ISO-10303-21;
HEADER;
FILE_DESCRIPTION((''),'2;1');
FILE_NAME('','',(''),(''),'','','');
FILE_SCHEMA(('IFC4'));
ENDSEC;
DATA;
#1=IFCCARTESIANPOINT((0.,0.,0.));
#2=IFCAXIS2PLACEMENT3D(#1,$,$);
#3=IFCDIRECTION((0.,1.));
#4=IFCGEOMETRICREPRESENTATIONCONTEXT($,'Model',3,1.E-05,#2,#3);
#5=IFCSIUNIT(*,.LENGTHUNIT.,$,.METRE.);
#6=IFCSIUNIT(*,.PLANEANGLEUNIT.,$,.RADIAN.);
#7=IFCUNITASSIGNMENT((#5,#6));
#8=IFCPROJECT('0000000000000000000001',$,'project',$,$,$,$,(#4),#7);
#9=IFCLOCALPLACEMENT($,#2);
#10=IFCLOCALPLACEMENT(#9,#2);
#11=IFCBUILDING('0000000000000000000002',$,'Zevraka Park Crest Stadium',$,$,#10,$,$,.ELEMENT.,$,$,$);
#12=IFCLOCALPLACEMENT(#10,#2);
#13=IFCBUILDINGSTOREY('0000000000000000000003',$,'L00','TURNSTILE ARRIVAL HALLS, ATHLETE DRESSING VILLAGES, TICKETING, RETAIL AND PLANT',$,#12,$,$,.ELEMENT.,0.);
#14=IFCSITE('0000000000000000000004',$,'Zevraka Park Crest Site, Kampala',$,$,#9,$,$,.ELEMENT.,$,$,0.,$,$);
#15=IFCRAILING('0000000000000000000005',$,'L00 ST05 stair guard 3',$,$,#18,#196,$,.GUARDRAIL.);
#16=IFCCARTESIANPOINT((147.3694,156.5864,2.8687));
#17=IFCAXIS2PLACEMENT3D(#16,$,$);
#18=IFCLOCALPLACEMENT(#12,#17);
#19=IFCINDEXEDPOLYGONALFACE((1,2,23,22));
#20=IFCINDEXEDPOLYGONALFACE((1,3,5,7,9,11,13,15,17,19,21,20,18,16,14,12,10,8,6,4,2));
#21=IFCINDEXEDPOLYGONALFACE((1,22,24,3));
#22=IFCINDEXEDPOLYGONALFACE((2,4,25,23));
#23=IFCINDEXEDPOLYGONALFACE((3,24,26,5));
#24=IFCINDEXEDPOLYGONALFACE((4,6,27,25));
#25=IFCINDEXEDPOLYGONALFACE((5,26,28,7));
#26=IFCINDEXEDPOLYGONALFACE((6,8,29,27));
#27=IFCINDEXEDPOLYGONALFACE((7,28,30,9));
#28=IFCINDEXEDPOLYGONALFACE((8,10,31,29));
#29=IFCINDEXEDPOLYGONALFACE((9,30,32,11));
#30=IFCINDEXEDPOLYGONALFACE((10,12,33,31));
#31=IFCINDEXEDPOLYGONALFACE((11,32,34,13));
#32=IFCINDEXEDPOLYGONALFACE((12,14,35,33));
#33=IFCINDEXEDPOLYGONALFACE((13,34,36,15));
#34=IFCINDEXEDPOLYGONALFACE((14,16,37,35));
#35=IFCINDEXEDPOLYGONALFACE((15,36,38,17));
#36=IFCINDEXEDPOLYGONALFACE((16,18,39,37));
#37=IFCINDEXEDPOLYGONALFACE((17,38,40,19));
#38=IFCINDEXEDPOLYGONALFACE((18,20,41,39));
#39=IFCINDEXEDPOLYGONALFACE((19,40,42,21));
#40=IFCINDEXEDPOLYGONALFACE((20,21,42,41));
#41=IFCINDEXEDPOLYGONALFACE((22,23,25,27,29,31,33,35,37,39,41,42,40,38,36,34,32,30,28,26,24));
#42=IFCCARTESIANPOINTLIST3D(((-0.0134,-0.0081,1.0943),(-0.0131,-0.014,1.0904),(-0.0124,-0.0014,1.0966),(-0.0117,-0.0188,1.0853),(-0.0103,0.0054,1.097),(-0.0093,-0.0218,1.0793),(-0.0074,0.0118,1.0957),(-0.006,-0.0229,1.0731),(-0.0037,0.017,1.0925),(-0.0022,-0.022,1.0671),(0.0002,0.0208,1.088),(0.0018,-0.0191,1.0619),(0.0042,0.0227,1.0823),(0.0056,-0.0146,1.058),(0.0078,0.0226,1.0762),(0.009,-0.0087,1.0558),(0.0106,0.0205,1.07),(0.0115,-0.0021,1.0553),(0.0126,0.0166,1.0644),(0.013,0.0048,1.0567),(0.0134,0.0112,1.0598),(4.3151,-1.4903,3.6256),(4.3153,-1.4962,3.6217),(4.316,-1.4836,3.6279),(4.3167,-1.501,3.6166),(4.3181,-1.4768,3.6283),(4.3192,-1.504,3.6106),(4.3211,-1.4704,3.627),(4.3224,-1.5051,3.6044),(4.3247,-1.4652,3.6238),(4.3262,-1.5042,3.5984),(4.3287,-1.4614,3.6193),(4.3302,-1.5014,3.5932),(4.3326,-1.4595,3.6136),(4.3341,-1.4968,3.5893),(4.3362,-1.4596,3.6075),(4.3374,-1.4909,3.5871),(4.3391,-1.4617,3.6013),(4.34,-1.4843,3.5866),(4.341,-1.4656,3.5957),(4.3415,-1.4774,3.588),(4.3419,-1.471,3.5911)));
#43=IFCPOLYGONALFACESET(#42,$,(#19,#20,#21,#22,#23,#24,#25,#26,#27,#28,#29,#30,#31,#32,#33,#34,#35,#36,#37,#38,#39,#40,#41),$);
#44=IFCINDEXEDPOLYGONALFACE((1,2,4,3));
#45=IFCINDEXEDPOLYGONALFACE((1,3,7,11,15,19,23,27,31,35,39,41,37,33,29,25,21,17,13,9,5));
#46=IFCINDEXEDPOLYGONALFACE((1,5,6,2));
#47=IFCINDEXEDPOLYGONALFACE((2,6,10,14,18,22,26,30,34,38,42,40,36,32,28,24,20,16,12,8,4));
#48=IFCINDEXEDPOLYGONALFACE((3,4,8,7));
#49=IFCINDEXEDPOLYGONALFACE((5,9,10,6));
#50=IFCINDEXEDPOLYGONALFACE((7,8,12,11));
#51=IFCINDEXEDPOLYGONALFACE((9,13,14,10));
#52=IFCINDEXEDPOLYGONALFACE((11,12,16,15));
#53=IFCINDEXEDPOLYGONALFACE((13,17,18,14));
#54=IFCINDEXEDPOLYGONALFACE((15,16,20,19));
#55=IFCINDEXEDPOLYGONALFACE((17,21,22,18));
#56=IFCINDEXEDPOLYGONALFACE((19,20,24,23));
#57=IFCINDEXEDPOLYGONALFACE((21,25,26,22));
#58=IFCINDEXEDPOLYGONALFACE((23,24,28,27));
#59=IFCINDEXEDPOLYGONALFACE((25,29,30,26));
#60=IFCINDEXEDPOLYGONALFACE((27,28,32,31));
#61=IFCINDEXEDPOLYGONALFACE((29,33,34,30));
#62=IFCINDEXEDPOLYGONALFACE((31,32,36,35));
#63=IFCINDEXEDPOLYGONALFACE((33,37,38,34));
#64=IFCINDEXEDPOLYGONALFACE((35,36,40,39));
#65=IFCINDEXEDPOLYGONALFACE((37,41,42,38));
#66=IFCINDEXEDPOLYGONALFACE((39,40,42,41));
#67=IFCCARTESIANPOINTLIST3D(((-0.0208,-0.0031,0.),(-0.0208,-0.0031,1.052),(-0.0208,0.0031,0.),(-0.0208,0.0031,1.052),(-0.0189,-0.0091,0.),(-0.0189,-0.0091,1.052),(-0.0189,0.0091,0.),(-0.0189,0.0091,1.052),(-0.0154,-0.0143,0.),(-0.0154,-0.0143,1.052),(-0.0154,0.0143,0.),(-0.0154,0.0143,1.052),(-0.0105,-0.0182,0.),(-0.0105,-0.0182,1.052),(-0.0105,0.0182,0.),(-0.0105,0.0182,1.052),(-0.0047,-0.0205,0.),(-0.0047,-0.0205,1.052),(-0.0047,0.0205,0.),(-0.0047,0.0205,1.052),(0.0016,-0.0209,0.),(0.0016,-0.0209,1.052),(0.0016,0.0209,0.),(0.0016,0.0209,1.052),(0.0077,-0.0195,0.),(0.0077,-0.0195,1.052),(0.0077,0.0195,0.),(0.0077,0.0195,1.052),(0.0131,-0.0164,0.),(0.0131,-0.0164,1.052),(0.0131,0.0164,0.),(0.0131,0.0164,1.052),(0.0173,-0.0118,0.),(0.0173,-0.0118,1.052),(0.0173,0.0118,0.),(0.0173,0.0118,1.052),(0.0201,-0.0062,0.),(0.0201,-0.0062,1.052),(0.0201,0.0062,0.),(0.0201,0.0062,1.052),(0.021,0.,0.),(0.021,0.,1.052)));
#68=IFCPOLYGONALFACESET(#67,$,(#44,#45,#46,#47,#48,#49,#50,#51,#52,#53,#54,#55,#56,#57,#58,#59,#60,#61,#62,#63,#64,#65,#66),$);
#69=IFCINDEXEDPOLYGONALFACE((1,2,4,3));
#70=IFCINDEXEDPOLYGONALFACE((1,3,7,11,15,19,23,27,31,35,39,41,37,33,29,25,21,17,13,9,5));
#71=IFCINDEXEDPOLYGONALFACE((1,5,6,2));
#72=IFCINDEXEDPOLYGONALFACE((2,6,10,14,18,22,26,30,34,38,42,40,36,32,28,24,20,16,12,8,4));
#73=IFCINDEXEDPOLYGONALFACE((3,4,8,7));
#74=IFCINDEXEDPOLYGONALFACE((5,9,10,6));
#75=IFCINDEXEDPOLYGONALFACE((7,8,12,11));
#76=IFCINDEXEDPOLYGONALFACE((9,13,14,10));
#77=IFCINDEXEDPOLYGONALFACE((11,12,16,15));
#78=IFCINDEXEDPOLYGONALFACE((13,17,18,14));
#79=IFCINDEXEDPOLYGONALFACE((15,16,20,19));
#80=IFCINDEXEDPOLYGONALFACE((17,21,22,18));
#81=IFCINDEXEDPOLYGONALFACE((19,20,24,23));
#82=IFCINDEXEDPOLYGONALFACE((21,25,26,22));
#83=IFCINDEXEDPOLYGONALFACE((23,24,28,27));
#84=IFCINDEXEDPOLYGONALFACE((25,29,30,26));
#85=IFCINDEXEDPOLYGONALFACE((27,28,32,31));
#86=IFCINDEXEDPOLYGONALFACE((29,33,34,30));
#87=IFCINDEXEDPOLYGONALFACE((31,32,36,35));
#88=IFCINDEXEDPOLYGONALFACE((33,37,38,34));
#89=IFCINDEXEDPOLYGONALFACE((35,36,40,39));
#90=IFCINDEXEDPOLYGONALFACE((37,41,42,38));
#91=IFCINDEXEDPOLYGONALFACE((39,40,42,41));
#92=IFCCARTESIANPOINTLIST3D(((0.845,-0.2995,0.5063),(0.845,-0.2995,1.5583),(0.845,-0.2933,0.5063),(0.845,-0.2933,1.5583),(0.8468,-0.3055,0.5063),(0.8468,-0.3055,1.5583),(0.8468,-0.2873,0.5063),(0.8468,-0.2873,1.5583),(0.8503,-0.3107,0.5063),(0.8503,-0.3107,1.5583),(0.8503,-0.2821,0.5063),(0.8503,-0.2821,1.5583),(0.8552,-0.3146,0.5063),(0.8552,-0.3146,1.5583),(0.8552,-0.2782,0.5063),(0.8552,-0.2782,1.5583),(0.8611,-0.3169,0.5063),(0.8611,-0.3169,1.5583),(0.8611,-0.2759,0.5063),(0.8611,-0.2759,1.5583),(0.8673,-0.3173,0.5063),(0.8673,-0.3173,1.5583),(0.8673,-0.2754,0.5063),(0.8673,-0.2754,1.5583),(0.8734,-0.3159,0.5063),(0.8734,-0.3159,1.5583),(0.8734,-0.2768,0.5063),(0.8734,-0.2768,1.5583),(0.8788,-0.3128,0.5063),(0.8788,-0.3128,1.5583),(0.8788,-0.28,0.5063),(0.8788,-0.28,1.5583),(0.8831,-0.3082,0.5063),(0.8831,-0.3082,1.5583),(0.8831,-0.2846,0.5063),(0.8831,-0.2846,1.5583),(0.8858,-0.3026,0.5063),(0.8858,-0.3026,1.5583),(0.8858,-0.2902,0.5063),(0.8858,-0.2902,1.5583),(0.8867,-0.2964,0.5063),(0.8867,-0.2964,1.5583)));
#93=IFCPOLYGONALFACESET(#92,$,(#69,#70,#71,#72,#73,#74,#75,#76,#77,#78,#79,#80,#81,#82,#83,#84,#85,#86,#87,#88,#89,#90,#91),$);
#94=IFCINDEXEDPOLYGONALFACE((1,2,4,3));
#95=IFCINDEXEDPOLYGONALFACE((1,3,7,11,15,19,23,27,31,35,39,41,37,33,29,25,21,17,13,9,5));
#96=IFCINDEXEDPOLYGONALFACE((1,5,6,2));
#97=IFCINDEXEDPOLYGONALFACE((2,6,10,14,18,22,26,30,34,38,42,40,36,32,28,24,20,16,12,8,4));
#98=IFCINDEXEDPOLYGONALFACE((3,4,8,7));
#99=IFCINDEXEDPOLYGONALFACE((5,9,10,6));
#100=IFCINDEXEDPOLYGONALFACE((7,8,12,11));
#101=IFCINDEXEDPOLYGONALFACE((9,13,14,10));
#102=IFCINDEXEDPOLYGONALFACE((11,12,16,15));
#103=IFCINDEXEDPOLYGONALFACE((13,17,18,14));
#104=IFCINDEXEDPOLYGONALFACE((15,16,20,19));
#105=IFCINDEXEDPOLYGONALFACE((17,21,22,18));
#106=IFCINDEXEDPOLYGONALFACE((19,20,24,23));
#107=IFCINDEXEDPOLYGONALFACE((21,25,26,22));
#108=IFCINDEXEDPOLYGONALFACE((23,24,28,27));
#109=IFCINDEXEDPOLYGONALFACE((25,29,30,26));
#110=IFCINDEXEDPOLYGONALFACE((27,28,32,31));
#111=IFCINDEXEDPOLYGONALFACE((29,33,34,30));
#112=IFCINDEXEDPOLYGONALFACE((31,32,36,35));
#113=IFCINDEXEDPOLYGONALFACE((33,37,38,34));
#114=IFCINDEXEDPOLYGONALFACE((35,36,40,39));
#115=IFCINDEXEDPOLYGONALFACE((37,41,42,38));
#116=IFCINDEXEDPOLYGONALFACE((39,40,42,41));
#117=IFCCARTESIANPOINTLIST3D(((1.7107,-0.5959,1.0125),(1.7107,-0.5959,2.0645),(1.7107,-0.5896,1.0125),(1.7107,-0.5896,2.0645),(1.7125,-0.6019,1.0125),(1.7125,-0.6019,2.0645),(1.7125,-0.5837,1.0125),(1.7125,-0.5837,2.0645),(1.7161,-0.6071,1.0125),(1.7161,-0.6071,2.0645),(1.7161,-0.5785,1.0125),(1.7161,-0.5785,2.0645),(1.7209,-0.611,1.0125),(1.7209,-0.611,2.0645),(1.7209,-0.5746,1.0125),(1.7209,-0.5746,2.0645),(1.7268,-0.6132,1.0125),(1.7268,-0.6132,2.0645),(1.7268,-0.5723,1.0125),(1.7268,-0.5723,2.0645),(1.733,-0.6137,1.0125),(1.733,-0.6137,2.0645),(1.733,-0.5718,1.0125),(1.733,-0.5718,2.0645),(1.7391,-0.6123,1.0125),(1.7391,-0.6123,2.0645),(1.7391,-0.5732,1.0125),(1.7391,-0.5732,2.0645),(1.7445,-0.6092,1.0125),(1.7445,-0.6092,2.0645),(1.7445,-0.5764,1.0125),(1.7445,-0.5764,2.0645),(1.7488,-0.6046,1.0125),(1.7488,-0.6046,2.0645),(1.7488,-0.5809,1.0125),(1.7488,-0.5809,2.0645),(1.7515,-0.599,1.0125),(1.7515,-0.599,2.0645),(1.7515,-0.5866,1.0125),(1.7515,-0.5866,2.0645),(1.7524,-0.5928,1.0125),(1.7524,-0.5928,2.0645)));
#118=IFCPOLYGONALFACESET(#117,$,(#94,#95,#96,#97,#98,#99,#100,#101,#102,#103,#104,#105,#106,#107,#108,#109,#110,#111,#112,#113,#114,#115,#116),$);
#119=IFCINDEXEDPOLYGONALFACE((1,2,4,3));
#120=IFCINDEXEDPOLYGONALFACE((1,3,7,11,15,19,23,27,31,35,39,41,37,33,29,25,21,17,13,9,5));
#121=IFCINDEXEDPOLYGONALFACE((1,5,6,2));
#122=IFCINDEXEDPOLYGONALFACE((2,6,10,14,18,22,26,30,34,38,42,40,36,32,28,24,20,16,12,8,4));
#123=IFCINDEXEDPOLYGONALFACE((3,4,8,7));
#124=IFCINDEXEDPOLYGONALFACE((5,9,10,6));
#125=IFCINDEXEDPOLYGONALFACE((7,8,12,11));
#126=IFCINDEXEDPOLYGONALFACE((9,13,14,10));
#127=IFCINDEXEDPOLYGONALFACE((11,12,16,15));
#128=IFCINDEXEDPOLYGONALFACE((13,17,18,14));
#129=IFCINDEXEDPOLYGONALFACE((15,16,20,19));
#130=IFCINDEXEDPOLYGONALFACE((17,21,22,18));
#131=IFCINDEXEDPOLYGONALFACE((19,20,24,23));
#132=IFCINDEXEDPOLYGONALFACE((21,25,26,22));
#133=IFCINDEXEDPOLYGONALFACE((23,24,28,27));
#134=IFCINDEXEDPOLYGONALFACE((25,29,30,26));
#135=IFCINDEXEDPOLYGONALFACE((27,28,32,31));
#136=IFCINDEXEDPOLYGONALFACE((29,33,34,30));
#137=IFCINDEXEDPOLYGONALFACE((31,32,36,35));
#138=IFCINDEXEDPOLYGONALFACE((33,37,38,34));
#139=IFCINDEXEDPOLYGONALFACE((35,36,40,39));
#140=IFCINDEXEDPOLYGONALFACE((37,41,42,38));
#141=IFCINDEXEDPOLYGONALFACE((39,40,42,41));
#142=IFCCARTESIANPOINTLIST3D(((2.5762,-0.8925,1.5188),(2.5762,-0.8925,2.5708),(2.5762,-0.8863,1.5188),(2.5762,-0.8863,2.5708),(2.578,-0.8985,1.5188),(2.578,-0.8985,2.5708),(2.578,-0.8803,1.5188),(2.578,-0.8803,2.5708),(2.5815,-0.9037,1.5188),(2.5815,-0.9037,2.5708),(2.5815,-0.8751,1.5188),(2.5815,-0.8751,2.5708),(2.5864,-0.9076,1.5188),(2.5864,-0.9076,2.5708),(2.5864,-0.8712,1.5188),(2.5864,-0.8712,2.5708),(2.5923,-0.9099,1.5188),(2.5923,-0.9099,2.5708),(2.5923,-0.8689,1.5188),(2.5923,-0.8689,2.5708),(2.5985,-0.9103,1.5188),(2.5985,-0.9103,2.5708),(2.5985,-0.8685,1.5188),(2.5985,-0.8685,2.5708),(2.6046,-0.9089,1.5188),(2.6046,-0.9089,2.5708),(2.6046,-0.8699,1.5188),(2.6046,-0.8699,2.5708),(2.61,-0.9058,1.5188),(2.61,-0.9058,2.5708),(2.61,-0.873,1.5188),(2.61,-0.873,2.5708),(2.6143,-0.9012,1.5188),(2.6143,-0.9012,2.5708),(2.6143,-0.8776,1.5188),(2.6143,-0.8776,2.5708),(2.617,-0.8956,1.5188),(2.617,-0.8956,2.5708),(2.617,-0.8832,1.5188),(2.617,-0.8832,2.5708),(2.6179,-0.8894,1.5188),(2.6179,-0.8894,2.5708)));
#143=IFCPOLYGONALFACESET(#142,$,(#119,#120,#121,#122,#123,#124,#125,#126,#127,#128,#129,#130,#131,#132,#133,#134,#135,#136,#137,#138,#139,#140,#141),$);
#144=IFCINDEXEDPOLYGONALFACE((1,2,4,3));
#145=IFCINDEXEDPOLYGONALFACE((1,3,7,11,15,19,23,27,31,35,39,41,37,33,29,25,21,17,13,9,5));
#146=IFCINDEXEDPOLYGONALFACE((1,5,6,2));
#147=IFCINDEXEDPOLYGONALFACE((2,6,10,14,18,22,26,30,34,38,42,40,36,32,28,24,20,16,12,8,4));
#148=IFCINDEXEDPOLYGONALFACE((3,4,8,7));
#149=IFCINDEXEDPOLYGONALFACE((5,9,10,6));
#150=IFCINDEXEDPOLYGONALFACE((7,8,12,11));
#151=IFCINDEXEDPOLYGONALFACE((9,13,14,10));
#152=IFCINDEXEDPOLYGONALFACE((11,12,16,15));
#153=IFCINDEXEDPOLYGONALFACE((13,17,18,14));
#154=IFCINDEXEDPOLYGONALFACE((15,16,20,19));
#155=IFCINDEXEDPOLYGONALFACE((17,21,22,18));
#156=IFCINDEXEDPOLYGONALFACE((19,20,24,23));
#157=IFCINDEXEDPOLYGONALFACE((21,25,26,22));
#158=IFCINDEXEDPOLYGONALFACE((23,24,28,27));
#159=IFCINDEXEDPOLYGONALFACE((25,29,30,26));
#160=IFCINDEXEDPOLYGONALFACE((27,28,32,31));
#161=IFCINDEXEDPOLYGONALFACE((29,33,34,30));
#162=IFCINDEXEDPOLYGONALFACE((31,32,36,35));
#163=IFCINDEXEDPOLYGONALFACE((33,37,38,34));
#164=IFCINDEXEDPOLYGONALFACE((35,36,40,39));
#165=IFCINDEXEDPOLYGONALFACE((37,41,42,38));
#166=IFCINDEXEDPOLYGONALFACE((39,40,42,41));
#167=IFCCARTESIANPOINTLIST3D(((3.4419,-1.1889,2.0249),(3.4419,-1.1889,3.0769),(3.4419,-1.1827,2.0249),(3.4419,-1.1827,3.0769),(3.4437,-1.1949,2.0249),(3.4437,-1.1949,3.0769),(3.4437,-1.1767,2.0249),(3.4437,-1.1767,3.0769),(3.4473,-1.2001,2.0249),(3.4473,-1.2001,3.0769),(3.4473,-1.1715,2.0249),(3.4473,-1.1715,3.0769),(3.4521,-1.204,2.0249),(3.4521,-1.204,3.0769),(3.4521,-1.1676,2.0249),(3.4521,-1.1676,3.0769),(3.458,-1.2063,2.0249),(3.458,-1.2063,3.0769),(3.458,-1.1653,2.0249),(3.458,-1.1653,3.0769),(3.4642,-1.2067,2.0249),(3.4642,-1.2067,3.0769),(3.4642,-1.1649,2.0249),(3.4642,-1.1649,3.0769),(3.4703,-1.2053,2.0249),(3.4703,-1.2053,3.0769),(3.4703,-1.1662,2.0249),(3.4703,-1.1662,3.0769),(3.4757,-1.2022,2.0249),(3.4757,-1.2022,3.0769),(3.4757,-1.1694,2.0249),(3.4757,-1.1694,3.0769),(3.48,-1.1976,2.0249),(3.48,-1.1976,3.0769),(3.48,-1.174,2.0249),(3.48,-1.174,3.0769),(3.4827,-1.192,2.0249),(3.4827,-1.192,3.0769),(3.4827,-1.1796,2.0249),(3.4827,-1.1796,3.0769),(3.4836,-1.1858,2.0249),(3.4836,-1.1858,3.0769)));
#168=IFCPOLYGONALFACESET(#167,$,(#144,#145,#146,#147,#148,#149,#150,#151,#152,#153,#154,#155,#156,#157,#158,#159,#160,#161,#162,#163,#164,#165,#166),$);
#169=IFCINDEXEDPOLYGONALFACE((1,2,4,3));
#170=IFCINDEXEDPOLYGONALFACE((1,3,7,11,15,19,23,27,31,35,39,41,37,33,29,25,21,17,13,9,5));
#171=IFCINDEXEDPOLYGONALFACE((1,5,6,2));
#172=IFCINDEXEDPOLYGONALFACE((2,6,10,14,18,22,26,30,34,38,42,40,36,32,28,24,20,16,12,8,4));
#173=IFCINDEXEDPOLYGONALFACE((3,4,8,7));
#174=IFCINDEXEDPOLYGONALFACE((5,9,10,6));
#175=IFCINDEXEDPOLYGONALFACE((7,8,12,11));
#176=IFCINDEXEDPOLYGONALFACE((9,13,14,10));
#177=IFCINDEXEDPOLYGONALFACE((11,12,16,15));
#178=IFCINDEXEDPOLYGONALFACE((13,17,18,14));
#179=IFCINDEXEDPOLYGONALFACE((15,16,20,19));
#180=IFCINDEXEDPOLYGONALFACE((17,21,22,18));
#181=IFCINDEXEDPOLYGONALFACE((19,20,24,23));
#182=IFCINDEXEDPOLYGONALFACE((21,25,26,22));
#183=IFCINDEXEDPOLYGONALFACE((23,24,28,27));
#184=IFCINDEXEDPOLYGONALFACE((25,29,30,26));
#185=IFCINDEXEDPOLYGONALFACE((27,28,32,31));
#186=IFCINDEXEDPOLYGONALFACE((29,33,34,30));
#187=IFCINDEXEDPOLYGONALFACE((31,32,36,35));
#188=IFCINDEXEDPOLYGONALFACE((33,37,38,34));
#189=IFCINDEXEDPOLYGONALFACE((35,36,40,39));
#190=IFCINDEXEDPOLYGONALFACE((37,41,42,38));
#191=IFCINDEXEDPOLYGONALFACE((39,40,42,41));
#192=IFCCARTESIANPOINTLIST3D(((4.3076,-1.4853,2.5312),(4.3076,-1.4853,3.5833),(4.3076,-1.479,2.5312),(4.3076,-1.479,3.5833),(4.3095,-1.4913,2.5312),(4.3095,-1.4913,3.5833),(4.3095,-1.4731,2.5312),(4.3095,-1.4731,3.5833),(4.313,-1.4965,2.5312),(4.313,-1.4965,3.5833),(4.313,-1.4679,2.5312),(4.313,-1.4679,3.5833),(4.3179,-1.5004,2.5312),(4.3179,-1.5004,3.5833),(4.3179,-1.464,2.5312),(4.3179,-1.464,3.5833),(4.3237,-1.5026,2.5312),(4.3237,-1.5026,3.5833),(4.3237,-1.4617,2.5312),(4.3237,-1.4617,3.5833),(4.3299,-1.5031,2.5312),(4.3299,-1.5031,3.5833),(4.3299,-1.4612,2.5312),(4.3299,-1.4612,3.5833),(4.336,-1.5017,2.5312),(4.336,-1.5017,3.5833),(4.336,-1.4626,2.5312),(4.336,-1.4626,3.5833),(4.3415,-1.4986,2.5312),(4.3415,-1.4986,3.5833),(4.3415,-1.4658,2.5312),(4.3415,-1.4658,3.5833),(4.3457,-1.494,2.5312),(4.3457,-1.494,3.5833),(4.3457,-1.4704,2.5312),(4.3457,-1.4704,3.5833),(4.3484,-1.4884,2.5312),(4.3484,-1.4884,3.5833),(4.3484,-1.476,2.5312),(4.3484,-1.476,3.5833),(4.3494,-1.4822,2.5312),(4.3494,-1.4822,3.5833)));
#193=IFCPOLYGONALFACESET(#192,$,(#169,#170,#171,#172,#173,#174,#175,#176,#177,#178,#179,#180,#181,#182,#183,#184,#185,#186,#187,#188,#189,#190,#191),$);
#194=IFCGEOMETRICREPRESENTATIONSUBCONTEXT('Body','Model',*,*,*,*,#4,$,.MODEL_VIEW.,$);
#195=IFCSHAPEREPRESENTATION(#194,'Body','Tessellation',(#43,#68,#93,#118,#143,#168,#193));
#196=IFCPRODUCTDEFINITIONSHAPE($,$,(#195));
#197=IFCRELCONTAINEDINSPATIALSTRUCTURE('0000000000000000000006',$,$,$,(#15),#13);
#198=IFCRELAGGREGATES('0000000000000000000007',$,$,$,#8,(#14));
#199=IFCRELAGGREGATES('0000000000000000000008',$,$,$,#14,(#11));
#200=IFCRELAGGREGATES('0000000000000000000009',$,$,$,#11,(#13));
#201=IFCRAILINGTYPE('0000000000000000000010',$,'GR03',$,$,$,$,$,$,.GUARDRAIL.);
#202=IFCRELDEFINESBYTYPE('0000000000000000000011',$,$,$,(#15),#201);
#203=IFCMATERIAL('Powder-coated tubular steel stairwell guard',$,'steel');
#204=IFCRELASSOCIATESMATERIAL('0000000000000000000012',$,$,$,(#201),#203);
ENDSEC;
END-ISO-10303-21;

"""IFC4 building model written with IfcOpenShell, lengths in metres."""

from ifc_helpers import new_model, si_unit, direction, frame, origin, origin_2d, place, context, subcontext, project, spatial, circle, extrude, material, type_object, element, save


model = new_model("IFC4")

# Units and contexts
model_context = context("Model", 3, precision=1e-05, world=origin(), true_north=direction((0.0, 1.0)))
body_context = subcontext(model_context, "Body", "Model", "MODEL_VIEW")
ifc_project = project(units=[si_unit("LENGTHUNIT", "METRE"), si_unit("PLANEANGLEUNIT", "RADIAN")], contexts=[model_context])

# Site, building, storey
site_placement = place(None, origin())
site = spatial("IfcSite", under=ifc_project, at=site_placement, Name="Zevraka Park Crest Site, Kampala", CompositionType="ELEMENT", RefElevation=0.0)
building_placement = place(site_placement, origin())
building = spatial("IfcBuilding", under=site, at=building_placement, Name="Zevraka Park Crest Stadium", CompositionType="ELEMENT")
storey_placement = place(building_placement, origin())
storey = spatial("IfcBuildingStorey", under=building, at=storey_placement, Name="L00", Description="TURNSTILE ARRIVAL HALLS, ATHLETE DRESSING VILLAGES, TICKETING, RETAIL AND PLANT", CompositionType="ELEMENT", Elevation=0.0)

# Railing
ifc_material_1 = material(Name="Powder-coated tubular steel stairwell guard", Category="steel")
railing_type_1 = type_object("IfcRailingType", Name="GR03", PredefinedType="GUARDRAIL", material=ifc_material_1)
railing_1_placement = place(storey_placement, frame((147.3694, 156.5864, 2.8687)))
element("IfcRailing", 1, at=railing_1_placement, inside=storey, type_object=railing_type_1, Name="L00 ST05 stair guard 3", PredefinedType="GUARDRAIL", context=body_context, shape_type="SweptSolid", body=[
    extrude(circle(Radius=0.0239, at=origin_2d()), frame((0.0, 0.0, 1.0762), z_axis=(0.827817, -0.283472, 0.484111), x_axis=(0.323965, 0.946069, 0.0)), (0.0, 0.0, 1.0), 5.2288),
    extrude(circle(Radius=0.021, at=origin_2d()), origin(), (0.0, 0.0, 1.0), 1.052),
    extrude(circle(Radius=0.021, at=origin_2d()), frame((0.8657, -0.2964, 0.5063)), (0.0, 0.0, 1.0), 1.052),
    extrude(circle(Radius=0.021, at=origin_2d()), frame((1.7314, -0.5928, 1.0125)), (0.0, 0.0, 1.0), 1.052),
    extrude(circle(Radius=0.021, at=origin_2d()), frame((2.5969, -0.8894, 1.5188)), (0.0, 0.0, 1.0), 1.052),
    extrude(circle(Radius=0.021, at=origin_2d()), frame((3.4626, -1.1858, 2.0249)), (0.0, 0.0, 1.0), 1.052),
    extrude(circle(Radius=0.021, at=origin_2d()), frame((4.3284, -1.4822, 2.5312)), (0.0, 0.0, 1.0), 1.052),
])

save(model, "model.ifc")
